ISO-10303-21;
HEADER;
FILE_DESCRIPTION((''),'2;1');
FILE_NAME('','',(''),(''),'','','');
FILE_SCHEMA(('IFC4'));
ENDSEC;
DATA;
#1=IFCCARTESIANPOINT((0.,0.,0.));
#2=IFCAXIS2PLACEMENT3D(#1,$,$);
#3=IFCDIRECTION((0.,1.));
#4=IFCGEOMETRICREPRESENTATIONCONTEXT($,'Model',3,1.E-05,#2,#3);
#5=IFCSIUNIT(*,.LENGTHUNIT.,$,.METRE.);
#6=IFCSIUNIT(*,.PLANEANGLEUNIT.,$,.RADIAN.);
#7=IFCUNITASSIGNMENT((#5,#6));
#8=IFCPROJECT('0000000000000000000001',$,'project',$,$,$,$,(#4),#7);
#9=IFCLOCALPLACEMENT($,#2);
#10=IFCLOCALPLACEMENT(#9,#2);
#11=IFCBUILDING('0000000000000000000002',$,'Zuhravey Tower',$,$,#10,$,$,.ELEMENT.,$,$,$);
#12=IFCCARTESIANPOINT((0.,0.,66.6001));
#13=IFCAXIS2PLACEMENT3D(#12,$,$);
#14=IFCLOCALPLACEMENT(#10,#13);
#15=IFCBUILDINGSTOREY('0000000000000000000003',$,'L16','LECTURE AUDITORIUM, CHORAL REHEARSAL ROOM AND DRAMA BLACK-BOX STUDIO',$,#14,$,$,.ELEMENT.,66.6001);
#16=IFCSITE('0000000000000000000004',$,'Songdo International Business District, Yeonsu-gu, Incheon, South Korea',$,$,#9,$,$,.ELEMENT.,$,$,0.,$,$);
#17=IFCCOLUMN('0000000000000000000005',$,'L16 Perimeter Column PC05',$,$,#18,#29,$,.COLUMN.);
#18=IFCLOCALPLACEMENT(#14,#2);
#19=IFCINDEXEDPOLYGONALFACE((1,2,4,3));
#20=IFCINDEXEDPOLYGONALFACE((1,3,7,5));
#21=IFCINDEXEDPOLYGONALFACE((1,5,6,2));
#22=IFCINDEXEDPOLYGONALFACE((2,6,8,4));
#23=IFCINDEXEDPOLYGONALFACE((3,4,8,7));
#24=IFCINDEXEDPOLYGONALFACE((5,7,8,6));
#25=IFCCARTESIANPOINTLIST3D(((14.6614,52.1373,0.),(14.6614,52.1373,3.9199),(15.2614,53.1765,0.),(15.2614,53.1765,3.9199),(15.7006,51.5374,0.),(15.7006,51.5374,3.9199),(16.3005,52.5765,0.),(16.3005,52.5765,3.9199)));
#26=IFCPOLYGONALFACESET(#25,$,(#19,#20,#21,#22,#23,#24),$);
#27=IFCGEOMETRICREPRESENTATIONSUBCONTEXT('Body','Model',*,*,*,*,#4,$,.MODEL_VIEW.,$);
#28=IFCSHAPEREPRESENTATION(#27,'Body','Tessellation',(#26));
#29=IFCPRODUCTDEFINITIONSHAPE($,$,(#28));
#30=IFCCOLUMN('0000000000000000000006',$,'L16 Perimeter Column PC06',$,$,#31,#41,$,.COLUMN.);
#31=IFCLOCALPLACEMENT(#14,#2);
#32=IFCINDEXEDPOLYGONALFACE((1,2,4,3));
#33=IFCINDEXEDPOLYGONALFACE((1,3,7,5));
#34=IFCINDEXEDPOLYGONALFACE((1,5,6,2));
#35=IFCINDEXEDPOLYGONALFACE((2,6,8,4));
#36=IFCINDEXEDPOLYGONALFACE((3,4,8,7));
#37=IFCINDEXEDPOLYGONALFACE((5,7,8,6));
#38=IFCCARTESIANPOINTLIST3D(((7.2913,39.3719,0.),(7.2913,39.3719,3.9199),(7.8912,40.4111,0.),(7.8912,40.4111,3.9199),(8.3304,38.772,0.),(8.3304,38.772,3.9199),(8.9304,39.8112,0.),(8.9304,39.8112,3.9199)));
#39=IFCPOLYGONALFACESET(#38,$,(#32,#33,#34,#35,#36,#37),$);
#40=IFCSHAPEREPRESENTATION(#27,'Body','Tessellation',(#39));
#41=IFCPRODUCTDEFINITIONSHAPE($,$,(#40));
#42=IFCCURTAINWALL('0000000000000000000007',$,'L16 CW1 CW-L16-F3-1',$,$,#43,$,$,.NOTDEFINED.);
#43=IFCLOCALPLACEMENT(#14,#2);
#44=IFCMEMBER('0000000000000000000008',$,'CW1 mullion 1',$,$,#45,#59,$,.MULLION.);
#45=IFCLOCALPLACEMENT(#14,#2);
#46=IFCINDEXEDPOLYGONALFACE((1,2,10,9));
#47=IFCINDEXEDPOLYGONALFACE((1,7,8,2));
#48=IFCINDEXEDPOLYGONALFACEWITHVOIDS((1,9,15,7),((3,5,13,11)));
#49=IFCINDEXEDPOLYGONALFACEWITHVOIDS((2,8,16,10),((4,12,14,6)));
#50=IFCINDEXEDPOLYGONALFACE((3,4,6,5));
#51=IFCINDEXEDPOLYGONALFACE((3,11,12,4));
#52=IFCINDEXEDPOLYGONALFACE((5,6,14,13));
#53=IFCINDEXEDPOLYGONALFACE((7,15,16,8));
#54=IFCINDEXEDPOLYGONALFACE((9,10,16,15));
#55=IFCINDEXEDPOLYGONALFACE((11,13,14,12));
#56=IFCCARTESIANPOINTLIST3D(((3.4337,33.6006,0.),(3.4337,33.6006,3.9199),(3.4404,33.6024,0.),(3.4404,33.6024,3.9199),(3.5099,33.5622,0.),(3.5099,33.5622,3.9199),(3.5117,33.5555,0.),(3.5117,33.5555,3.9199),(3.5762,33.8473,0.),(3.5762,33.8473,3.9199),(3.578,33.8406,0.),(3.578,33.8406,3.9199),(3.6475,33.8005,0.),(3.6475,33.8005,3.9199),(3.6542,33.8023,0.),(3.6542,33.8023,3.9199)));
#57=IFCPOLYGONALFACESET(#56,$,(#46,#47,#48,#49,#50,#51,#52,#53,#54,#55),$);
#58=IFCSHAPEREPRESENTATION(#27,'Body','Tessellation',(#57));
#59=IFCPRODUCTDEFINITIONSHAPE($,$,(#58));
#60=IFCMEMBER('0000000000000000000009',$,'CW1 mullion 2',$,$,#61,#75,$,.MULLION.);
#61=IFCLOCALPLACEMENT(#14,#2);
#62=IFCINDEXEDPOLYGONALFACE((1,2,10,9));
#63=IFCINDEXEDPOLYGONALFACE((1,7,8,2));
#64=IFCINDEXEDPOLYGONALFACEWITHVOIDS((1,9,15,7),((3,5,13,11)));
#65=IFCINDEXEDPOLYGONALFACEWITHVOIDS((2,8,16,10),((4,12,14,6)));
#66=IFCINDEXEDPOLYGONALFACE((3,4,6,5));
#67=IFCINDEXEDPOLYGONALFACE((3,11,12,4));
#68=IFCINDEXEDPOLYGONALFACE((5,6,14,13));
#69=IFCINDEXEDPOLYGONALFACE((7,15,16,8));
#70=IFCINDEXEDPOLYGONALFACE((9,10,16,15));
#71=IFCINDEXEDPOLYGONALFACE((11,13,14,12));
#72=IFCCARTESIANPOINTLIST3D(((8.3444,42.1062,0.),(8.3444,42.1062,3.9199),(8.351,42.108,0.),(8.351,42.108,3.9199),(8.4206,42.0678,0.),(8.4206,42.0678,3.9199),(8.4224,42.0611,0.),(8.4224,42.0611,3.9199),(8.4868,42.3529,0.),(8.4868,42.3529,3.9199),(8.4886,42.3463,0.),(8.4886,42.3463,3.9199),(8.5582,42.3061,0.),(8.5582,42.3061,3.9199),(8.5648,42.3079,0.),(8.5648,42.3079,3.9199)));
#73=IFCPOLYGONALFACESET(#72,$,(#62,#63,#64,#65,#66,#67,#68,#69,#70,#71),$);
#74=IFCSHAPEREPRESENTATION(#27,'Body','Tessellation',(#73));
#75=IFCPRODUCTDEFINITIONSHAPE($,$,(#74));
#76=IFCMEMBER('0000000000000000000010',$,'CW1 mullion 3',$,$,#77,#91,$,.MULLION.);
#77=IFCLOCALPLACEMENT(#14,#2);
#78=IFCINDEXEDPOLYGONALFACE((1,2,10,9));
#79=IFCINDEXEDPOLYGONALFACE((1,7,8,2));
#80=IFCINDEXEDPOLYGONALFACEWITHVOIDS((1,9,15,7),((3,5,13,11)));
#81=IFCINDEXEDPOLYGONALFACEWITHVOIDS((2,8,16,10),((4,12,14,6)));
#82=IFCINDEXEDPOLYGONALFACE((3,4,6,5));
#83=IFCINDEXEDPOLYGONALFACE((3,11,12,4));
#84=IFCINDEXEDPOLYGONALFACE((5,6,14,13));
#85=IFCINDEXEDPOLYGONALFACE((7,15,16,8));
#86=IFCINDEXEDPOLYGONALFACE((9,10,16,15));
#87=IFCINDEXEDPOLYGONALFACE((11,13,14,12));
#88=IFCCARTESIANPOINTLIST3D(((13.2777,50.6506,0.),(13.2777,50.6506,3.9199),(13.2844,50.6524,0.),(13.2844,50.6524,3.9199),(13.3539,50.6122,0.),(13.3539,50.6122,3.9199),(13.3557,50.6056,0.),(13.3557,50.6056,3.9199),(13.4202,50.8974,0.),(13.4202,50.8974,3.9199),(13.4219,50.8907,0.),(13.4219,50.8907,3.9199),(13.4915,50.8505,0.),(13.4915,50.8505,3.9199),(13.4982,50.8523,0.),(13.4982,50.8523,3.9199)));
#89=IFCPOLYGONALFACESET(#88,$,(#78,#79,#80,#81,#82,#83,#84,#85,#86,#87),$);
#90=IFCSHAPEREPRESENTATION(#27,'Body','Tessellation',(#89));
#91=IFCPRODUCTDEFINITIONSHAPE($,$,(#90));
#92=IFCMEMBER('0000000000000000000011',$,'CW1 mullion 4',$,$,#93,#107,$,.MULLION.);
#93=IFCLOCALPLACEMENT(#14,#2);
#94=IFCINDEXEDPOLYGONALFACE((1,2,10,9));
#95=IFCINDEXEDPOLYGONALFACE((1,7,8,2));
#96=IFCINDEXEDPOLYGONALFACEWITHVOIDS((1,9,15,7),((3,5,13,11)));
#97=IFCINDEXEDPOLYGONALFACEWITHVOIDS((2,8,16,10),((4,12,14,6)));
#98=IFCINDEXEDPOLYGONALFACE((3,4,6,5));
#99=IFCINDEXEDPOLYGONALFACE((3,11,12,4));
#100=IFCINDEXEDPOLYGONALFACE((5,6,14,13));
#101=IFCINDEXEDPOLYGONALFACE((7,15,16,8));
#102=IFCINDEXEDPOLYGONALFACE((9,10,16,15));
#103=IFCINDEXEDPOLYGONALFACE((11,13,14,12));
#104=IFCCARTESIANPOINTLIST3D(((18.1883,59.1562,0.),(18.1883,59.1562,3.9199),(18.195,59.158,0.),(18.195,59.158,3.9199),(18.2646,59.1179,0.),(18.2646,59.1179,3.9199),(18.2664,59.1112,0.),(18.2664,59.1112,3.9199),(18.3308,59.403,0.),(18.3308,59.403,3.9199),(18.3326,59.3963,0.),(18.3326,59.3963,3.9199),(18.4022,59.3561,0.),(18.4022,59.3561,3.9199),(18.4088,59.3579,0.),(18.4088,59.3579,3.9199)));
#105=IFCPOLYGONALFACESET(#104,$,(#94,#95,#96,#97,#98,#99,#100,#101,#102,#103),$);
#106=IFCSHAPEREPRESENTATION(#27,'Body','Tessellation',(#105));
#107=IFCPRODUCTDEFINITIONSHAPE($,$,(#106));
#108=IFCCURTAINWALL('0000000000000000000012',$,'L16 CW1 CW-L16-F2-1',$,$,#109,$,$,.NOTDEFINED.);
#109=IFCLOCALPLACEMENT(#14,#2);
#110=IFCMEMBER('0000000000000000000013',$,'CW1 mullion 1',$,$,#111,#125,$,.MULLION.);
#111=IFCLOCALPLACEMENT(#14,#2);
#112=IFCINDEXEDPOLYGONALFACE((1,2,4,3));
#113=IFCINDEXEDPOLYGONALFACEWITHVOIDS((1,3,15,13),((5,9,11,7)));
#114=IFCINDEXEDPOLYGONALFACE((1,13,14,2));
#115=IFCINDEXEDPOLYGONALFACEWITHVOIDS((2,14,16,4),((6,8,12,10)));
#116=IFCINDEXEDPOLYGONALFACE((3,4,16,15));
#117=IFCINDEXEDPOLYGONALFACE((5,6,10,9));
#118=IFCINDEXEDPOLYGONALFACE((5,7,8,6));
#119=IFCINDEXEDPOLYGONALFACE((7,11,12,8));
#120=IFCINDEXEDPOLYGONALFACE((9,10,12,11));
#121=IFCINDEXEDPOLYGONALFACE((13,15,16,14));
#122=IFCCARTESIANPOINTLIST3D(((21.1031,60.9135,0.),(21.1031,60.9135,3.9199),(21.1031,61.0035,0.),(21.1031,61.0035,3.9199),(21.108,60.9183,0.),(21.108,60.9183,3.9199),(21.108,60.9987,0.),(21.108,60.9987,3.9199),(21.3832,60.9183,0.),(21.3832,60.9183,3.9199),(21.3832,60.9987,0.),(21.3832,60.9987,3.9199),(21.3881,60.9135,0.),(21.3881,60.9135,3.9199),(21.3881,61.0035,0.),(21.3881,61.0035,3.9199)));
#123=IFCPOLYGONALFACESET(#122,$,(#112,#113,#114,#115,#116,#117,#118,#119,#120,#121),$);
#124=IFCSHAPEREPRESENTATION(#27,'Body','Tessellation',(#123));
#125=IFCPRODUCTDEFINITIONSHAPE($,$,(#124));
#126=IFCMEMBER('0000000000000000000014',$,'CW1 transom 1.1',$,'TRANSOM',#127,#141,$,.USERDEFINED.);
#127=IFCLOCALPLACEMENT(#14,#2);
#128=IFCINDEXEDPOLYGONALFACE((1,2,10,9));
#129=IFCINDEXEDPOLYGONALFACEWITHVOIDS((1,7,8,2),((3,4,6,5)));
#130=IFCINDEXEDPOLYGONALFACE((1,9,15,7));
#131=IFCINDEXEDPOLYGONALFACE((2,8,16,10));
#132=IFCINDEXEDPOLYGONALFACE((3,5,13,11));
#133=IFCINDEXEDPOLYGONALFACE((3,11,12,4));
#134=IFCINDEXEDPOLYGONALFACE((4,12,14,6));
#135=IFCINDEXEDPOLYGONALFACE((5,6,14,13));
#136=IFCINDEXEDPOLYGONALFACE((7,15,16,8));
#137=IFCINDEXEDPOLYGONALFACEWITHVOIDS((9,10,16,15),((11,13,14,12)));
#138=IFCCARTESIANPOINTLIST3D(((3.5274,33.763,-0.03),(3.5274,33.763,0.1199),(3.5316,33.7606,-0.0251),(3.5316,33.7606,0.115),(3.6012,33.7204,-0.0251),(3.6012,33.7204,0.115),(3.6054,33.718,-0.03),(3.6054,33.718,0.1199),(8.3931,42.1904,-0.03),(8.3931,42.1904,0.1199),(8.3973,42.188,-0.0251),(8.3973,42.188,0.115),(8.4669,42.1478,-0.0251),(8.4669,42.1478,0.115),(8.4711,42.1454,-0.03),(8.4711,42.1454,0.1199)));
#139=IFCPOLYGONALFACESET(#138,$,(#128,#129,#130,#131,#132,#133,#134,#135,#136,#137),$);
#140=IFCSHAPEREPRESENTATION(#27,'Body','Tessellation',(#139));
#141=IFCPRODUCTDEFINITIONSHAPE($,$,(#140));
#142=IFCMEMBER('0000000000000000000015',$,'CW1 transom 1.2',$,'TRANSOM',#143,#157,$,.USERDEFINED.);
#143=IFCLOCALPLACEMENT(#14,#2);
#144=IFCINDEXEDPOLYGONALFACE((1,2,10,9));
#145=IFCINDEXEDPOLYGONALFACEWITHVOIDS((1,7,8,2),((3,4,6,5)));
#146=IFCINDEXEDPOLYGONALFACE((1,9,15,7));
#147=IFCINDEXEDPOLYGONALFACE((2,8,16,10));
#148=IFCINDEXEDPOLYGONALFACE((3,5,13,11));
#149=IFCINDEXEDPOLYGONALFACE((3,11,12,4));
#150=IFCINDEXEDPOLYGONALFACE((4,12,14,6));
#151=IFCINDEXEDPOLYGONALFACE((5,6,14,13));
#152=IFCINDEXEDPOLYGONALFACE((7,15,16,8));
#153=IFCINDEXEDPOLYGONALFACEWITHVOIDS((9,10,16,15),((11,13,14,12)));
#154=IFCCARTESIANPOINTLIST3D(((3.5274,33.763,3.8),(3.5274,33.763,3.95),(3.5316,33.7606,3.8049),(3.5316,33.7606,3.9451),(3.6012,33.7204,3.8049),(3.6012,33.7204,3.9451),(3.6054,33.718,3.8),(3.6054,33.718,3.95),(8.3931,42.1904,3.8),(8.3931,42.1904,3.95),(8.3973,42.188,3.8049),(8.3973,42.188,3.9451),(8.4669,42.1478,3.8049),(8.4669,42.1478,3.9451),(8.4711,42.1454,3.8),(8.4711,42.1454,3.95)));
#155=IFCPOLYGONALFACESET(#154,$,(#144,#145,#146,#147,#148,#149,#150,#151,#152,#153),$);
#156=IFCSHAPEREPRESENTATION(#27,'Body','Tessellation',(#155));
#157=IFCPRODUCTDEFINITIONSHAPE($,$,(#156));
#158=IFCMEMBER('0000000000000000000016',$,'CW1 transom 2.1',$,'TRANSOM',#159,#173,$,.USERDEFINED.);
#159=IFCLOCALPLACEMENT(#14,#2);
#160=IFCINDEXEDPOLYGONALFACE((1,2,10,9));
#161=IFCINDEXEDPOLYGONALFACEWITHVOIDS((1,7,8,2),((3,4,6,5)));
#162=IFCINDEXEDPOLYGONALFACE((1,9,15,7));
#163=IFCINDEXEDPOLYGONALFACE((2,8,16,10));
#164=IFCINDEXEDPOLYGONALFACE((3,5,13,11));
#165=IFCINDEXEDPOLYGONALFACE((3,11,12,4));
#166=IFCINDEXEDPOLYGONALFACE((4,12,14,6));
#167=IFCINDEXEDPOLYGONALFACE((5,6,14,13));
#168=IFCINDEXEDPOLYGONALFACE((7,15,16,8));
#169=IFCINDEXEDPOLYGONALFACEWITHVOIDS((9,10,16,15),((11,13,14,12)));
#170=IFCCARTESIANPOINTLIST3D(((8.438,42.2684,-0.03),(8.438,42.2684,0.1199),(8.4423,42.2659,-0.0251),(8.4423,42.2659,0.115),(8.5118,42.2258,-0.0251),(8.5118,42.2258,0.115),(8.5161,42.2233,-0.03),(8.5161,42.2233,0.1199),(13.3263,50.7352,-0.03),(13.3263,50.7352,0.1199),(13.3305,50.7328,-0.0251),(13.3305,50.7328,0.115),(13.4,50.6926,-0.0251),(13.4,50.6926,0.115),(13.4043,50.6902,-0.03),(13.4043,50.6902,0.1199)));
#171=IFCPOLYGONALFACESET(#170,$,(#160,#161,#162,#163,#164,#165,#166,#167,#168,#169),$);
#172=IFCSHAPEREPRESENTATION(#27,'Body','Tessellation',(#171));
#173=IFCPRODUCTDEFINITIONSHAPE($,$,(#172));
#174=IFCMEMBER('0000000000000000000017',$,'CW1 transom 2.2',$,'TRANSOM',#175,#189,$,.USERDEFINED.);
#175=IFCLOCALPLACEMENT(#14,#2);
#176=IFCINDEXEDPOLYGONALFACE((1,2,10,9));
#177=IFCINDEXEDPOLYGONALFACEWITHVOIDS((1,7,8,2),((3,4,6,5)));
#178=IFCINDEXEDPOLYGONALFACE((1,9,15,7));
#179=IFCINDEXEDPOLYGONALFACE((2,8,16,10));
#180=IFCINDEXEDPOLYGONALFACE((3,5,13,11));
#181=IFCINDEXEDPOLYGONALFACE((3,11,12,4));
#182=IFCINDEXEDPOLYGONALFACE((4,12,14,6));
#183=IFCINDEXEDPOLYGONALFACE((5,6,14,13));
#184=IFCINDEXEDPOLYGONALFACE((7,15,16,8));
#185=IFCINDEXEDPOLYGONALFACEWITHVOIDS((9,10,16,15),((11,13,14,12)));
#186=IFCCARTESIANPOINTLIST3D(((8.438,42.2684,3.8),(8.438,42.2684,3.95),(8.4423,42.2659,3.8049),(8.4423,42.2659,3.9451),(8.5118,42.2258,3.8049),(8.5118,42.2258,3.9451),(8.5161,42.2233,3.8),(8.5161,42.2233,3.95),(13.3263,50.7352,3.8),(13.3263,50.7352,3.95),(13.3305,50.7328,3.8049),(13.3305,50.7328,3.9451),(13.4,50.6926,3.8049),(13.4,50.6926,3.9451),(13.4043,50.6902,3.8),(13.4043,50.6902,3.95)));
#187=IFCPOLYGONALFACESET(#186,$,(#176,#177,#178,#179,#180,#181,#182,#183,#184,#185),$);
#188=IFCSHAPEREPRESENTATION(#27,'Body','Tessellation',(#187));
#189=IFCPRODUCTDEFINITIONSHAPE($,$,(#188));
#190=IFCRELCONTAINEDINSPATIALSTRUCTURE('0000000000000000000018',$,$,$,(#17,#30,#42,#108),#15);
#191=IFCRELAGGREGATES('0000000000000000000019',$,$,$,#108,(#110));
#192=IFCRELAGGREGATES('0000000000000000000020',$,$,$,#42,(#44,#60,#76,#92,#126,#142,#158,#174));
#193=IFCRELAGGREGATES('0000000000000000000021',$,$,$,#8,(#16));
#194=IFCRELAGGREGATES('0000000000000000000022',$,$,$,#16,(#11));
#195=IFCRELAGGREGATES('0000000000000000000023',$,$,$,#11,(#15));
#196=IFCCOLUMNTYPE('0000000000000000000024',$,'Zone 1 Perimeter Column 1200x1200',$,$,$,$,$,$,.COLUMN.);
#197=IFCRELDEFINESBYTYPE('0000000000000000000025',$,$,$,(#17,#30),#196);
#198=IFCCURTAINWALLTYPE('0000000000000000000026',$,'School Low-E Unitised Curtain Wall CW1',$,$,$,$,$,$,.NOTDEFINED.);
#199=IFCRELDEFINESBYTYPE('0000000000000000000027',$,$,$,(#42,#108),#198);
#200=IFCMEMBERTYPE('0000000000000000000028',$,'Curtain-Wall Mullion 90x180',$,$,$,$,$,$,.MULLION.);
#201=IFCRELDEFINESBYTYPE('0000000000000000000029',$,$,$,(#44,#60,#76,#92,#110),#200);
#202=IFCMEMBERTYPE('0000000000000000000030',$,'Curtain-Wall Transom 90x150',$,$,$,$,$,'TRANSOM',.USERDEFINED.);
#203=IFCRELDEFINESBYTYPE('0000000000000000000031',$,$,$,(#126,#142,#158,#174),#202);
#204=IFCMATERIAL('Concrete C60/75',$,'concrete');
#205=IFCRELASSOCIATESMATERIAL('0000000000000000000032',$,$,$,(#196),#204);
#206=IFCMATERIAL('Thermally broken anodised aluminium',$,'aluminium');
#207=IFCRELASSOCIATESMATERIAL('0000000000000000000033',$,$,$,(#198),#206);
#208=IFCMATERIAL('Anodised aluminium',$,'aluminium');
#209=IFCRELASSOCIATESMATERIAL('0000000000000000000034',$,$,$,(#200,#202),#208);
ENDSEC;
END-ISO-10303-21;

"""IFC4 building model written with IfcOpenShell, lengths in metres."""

from ifc_helpers import new_model, si_unit, direction, frame, origin, origin_2d, place, context, subcontext, project, spatial, rectangle, hollow_rectangle, extrude, material, material_profile, profile_set, type_object, element, aggregate, save


model = new_model("IFC4")

# Units and contexts
model_context = context("Model", 3, precision=1e-05, world=origin(), true_north=direction((0.0, 1.0)))
body_context = subcontext(model_context, "Body", "Model", "MODEL_VIEW")
ifc_project = project(units=[si_unit("LENGTHUNIT", "METRE"), si_unit("PLANEANGLEUNIT", "RADIAN")], contexts=[model_context])

# Site, building, storey
site_placement = place(None, origin())
site = spatial("IfcSite", under=ifc_project, at=site_placement, Name="Songdo International Business District, Yeonsu-gu, Incheon, South Korea", CompositionType="ELEMENT", RefElevation=0.0)
building_placement = place(site_placement, origin())
building = spatial("IfcBuilding", under=site, at=building_placement, Name="Zuhravey Tower", CompositionType="ELEMENT")
storey_placement = place(building_placement, frame((0.0, 0.0, 66.6001)))
storey = spatial("IfcBuildingStorey", under=building, at=storey_placement, Name="L16", Description="LECTURE AUDITORIUM, CHORAL REHEARSAL ROOM AND DRAMA BLACK-BOX STUDIO", CompositionType="ELEMENT", Elevation=66.6001)

# Columns
ifc_material_1 = material(Name="Concrete C60/75", Category="concrete")
ifc_material_profile_1 = material_profile(ifc_material_1, rectangle(XDim=1.2, YDim=1.2, at=origin_2d()), Name="RC-1200x1200")
ifc_profile_set_1 = profile_set([ifc_material_profile_1], Name="Concrete C60/75")
column_type = type_object("IfcColumnType", Name="Zone 1 Perimeter Column 1200x1200", PredefinedType="COLUMN", material=ifc_profile_set_1)
for number, where, z_axis, x_axis, name in (
    (1, (15.481, 52.3569, 0.0), (0.0, 0.0, 1.0), (-0.5, -0.866025, 0.0), "L16 Perimeter Column PC05"),
    (2, (8.1108, 39.5916, 0.0), (0.0, 0.0, 1.0), (-0.5, -0.866025, 0.0), "L16 Perimeter Column PC06"),
):
    element("IfcColumn", number, at=place(storey_placement, frame(where, z_axis=z_axis, x_axis=x_axis)), inside=storey, type_object=column_type, Name=name, PredefinedType="COLUMN", context=body_context, shape_type="SweptSolid", body=[
        extrude(rectangle(XDim=1.2, YDim=1.2, at=origin_2d()), origin(), (0.0, 0.0, 1.0), 3.9199),
    ])

# Curtain wall, members
ifc_material_2 = material(Name="Thermally broken anodised aluminium", Category="aluminium")
curtain_wall_type = type_object("IfcCurtainWallType", Name="School Low-E Unitised Curtain Wall CW1", PredefinedType="NOTDEFINED", material=ifc_material_2)
curtain_wall_1_placement = place(storey_placement, origin())
curtain_wall_1 = element("IfcCurtainWall", 3, at=curtain_wall_1_placement, inside=storey, type_object=curtain_wall_type, Name="L16 CW1 CW-L16-F3-1", PredefinedType="NOTDEFINED")
ifc_material_3 = material(Name="Anodised aluminium", Category="aluminium")
ifc_material_profile_2 = material_profile(ifc_material_3, hollow_rectangle(XDim=0.0901, YDim=0.2849, WallThickness=0.0049, at=origin_2d()), Name="ALU-RHS-90x285x5")
ifc_profile_set_2 = profile_set([ifc_material_profile_2], Name="Anodised aluminium")
member_type_1 = type_object("IfcMemberType", Name="Curtain-Wall Mullion 90x180", PredefinedType="MULLION", material=ifc_profile_set_2)
member_1_placement = place(storey_placement, frame((3.5439, 33.7014, 0.0), z_axis=(0.0, 0.0, 1.0), x_axis=(-0.866026, 0.5, 0.0)))
member_1 = element("IfcMember", 4, at=member_1_placement, type_object=member_type_1, Name="CW1 mullion 1", PredefinedType="MULLION", context=body_context, shape_type="SweptSolid", body=[
    extrude(hollow_rectangle(XDim=0.0901, YDim=0.2849, WallThickness=0.0049, at=origin_2d()), origin(), (0.0, 0.0, 1.0), 3.9199),
])
member_2_placement = place(storey_placement, frame((8.4546, 42.207, 0.0), z_axis=(0.0, 0.0, 1.0), x_axis=(-0.866026, 0.5, 0.0)))
member_2 = element("IfcMember", 5, at=member_2_placement, type_object=member_type_1, Name="CW1 mullion 2", PredefinedType="MULLION", context=body_context, shape_type="SweptSolid", body=[
    extrude(hollow_rectangle(XDim=0.0901, YDim=0.2849, WallThickness=0.0049, at=origin_2d()), origin(), (0.0, 0.0, 1.0), 3.9199),
])
member_3_placement = place(storey_placement, frame((13.3879, 50.7515, 0.0), z_axis=(0.0, 0.0, 1.0), x_axis=(-0.866026, 0.5, 0.0)))
member_3 = element("IfcMember", 6, at=member_3_placement, type_object=member_type_1, Name="CW1 mullion 3", PredefinedType="MULLION", context=body_context, shape_type="SweptSolid", body=[
    extrude(hollow_rectangle(XDim=0.0901, YDim=0.2849, WallThickness=0.0049, at=origin_2d()), origin(), (0.0, 0.0, 1.0), 3.9199),
])
member_4_placement = place(storey_placement, frame((18.2986, 59.2571, 0.0), z_axis=(0.0, 0.0, 1.0), x_axis=(-0.866026, 0.5, 0.0)))
member_4 = element("IfcMember", 7, at=member_4_placement, type_object=member_type_1, Name="CW1 mullion 4", PredefinedType="MULLION", context=body_context, shape_type="SweptSolid", body=[
    extrude(hollow_rectangle(XDim=0.0901, YDim=0.2849, WallThickness=0.0049, at=origin_2d()), origin(), (0.0, 0.0, 1.0), 3.9199),
])

# Curtain wall, member
curtain_wall_2_placement = place(storey_placement, origin())
curtain_wall_2 = element("IfcCurtainWall", 8, at=curtain_wall_2_placement, inside=storey, type_object=curtain_wall_type, Name="L16 CW1 CW-L16-F2-1", PredefinedType="NOTDEFINED")
member_5_placement = place(storey_placement, frame((21.2456, 60.9585, 0.0), z_axis=(0.0, 0.0, 1.0), x_axis=(0.0, 1.0, 0.0)))
member_5 = element("IfcMember", 9, at=member_5_placement, type_object=member_type_1, Name="CW1 mullion 1", PredefinedType="MULLION", context=body_context, shape_type="SweptSolid", body=[
    extrude(hollow_rectangle(XDim=0.0901, YDim=0.2849, WallThickness=0.0049, at=origin_2d()), origin(), (0.0, 0.0, 1.0), 3.9199),
])

# Members
ifc_material_profile_3 = material_profile(ifc_material_3, hollow_rectangle(XDim=0.0901, YDim=0.1499, WallThickness=0.0049, at=origin_2d()), Name="ALU-RHS-90x150x5")
ifc_profile_set_3 = profile_set([ifc_material_profile_3], Name="Anodised aluminium")
member_type_2 = type_object("IfcMemberType", Name="Curtain-Wall Transom 90x150", ElementType="TRANSOM", PredefinedType="USERDEFINED", material=ifc_profile_set_3)
member_6_placement = place(storey_placement, frame((3.5664, 33.7405, 0.0449), z_axis=(0.500008, 0.866021, 0.0), x_axis=(-0.866021, 0.500008, 0.0)))
member_6 = element("IfcMember", 10, at=member_6_placement, type_object=member_type_2, Name="CW1 transom 1.1", ObjectType="TRANSOM", PredefinedType="USERDEFINED", context=body_context, shape_type="SweptSolid", body=[
    extrude(hollow_rectangle(XDim=0.0901, YDim=0.1499, WallThickness=0.0049, at=origin_2d()), origin(), (0.0, 0.0, 1.0), 9.7312),
])
member_7_placement = place(storey_placement, frame((3.5664, 33.7405, 3.875), z_axis=(0.500008, 0.866021, 0.0), x_axis=(-0.866021, 0.500008, 0.0)))
member_7 = element("IfcMember", 11, at=member_7_placement, type_object=member_type_2, Name="CW1 transom 1.2", ObjectType="TRANSOM", PredefinedType="USERDEFINED", context=body_context, shape_type="SweptSolid", body=[
    extrude(hollow_rectangle(XDim=0.0901, YDim=0.1499, WallThickness=0.0049, at=origin_2d()), origin(), (0.0, 0.0, 1.0), 9.7312),
])
member_8_placement = place(storey_placement, frame((8.4771, 42.2458, 0.0449), z_axis=(0.49999, 0.866031, 0.0), x_axis=(-0.866031, 0.49999, 0.0)))
member_8 = element("IfcMember", 12, at=member_8_placement, type_object=member_type_2, Name="CW1 transom 2.1", ObjectType="TRANSOM", PredefinedType="USERDEFINED", context=body_context, shape_type="SweptSolid", body=[
    extrude(hollow_rectangle(XDim=0.0901, YDim=0.1499, WallThickness=0.0049, at=origin_2d()), origin(), (0.0, 0.0, 1.0), 9.7766),
])
member_9_placement = place(storey_placement, frame((8.4771, 42.2458, 3.875), z_axis=(0.49999, 0.866031, 0.0), x_axis=(-0.866031, 0.49999, 0.0)))
member_9 = element("IfcMember", 13, at=member_9_placement, type_object=member_type_2, Name="CW1 transom 2.2", ObjectType="TRANSOM", PredefinedType="USERDEFINED", context=body_context, shape_type="SweptSolid", body=[
    extrude(hollow_rectangle(XDim=0.0901, YDim=0.1499, WallThickness=0.0049, at=origin_2d()), origin(), (0.0, 0.0, 1.0), 9.7766),
])
aggregate(curtain_wall_2, [member_5])

aggregate(curtain_wall_1, [member_1, member_2, member_3, member_4, member_6, member_7, member_8, member_9])

save(model, "model.ifc")
